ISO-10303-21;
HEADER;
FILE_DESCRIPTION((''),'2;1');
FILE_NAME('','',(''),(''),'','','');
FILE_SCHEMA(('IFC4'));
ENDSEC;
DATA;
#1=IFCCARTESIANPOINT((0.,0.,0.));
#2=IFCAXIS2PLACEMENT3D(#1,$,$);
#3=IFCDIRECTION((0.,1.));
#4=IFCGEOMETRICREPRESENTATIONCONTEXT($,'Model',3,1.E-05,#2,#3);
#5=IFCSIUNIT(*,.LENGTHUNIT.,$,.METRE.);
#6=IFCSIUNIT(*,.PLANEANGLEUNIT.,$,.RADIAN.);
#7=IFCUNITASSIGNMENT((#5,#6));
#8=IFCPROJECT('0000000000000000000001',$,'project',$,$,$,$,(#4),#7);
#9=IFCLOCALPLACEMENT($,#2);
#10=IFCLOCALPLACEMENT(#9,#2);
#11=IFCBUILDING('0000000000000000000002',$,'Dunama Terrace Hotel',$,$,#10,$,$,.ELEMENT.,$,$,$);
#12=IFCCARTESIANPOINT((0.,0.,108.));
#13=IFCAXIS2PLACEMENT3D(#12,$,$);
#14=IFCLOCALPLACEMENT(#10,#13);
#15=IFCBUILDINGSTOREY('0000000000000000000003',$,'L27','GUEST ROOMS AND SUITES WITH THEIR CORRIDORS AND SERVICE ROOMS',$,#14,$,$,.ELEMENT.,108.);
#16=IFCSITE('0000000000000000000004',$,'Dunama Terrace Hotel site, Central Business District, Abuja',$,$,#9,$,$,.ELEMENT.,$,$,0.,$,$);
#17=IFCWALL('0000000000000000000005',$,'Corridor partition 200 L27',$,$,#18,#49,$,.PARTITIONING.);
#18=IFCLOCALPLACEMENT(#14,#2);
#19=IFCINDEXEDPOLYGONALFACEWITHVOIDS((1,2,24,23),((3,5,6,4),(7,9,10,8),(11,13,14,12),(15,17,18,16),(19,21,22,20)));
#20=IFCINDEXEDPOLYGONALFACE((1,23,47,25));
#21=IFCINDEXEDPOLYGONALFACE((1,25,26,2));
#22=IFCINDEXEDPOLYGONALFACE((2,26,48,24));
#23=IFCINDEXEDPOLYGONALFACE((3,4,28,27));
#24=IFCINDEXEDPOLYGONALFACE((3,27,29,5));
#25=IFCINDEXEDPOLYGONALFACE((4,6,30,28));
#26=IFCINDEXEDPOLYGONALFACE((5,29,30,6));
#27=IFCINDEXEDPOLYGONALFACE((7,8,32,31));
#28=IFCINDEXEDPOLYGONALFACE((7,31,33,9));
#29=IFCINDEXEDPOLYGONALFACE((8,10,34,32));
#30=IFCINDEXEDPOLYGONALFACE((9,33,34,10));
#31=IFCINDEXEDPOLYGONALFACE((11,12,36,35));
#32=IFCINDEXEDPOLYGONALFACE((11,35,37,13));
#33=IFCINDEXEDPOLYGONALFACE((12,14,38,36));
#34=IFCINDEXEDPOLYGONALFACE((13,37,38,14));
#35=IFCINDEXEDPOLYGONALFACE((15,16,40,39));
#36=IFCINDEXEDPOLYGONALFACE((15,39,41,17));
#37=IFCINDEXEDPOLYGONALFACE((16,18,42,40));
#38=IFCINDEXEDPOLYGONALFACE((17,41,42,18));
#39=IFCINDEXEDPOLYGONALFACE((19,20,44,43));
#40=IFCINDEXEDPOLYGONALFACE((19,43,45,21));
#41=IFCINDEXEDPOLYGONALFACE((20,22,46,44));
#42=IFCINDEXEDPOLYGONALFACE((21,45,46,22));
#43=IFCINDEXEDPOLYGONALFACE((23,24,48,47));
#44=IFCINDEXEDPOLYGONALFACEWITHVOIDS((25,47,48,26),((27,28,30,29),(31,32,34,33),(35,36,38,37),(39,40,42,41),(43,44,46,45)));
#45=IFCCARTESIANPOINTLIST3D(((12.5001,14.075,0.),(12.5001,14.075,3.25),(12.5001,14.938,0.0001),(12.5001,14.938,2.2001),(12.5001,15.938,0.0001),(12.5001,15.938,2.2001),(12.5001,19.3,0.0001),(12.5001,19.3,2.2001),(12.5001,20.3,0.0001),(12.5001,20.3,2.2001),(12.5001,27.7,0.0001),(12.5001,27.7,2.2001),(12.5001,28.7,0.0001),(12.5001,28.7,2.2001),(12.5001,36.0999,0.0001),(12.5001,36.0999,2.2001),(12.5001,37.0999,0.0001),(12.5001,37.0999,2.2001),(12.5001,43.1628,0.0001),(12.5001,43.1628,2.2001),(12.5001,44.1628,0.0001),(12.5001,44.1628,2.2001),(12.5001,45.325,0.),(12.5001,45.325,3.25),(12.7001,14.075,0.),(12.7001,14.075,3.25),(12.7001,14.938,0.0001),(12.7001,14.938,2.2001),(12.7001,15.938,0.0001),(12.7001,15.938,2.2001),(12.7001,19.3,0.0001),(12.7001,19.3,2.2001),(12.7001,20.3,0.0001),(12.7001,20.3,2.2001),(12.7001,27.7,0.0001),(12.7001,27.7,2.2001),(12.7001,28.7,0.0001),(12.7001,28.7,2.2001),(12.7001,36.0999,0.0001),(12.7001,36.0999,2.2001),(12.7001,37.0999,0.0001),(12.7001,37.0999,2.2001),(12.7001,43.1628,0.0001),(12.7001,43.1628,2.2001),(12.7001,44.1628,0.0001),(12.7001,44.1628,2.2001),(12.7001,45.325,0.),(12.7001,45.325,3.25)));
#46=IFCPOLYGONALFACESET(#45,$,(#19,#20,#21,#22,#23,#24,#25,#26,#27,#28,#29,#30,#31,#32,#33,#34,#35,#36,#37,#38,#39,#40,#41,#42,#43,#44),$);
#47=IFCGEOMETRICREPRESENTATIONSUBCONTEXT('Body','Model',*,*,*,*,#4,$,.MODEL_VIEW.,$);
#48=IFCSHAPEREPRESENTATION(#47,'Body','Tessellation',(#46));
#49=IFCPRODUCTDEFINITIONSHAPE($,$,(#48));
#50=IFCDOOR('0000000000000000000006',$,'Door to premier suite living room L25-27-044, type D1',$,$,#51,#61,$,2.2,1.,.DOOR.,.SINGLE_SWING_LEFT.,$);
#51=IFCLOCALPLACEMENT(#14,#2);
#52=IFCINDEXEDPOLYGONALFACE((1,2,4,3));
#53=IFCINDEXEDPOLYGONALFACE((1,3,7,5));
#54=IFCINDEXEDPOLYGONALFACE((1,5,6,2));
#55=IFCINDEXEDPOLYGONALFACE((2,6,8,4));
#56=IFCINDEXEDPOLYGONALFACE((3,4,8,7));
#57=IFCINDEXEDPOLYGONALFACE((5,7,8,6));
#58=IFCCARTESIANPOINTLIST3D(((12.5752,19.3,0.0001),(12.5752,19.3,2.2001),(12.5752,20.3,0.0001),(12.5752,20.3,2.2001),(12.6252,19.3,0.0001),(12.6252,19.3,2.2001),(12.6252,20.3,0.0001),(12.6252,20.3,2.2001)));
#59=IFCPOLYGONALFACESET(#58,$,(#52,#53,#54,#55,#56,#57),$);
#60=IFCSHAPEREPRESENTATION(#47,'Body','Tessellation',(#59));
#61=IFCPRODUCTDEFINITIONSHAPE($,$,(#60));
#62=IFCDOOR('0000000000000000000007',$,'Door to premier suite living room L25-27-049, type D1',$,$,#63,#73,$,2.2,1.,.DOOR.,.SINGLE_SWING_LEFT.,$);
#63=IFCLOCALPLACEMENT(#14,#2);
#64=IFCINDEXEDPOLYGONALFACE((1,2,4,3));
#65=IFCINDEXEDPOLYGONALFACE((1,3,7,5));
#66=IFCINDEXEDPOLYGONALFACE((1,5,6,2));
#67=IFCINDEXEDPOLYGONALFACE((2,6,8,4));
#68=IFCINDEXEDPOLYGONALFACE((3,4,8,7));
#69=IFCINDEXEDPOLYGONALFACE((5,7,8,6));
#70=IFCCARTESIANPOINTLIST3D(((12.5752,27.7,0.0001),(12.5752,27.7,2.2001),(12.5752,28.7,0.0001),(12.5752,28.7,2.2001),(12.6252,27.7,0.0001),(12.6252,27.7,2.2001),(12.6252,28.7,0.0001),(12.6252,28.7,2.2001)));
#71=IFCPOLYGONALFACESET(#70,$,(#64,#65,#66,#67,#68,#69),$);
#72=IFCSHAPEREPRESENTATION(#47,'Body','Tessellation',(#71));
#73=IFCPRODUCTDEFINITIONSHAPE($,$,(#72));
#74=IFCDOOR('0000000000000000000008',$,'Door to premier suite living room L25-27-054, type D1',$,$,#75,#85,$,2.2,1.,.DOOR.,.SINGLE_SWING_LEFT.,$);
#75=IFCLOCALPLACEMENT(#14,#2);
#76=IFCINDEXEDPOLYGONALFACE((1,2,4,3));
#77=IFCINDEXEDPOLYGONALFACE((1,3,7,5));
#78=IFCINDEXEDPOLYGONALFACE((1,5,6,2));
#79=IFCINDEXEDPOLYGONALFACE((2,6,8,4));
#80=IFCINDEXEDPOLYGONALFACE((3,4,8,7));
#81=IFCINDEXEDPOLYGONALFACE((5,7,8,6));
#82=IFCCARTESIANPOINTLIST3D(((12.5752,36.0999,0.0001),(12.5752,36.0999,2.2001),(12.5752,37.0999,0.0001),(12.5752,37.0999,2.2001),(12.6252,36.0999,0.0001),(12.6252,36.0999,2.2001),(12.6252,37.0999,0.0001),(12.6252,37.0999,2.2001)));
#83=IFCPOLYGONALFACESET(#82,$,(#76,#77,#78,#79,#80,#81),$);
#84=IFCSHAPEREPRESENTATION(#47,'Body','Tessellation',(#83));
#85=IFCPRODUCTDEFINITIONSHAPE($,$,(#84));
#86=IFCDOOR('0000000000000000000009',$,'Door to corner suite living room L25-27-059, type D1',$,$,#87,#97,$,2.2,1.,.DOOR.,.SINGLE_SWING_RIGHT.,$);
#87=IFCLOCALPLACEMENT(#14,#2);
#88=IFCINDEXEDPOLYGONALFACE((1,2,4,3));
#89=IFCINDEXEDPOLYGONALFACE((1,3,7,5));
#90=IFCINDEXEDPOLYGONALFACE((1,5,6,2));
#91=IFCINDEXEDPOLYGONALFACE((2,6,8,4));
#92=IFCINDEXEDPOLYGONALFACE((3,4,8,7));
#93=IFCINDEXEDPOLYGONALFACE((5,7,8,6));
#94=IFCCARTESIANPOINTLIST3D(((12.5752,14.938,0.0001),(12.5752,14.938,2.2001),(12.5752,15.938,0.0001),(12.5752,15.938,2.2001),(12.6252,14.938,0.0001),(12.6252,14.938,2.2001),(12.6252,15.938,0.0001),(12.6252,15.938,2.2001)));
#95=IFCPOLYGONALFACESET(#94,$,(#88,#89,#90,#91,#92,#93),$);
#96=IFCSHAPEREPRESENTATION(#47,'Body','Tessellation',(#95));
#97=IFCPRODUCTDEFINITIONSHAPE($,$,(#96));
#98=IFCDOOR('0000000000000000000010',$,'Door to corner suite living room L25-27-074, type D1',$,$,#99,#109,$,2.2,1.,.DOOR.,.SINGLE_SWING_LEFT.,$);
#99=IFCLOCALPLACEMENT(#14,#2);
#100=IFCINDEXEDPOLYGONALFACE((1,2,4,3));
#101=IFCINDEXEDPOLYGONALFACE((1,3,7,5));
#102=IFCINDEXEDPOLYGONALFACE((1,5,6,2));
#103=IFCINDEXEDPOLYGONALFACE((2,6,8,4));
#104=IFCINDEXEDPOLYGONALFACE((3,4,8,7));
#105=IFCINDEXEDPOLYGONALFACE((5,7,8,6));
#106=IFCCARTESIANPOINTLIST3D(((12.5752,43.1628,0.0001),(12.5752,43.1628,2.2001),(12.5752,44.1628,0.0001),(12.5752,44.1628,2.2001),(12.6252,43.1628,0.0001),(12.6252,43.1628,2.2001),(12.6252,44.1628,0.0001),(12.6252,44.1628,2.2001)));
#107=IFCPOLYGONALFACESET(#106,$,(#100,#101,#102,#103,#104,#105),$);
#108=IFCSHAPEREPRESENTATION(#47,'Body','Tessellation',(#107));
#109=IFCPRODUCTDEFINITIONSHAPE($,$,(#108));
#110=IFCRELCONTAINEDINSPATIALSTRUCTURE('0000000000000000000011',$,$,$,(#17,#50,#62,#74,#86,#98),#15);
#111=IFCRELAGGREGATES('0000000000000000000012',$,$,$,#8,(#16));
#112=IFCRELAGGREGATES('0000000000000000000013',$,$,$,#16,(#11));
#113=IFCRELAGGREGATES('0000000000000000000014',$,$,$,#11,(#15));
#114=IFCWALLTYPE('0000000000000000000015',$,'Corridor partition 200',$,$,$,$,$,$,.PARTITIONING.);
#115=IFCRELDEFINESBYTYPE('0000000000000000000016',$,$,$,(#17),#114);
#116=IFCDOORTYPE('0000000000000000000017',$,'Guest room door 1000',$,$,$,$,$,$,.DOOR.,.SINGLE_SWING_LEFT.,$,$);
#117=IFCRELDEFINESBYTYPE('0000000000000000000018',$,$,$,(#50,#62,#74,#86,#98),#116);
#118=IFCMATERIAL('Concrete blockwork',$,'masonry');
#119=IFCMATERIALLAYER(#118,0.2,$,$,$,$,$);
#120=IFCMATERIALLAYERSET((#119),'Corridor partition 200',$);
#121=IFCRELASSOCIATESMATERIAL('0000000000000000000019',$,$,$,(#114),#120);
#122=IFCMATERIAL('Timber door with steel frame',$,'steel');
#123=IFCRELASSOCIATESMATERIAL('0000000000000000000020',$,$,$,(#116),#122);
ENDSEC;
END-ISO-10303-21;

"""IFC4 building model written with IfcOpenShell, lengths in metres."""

from ifc_helpers import new_model, si_unit, direction, frame, frame_2d, origin, place, context, subcontext, project, spatial, rectangle, extrude, material, layer, layer_set, type_object, element, fill, save


model = new_model("IFC4")

# Units and contexts
model_context = context("Model", 3, precision=1e-05, world=origin(), true_north=direction((0.0, 1.0)))
body_context = subcontext(model_context, "Body", "Model", "MODEL_VIEW")
ifc_project = project(units=[si_unit("LENGTHUNIT", "METRE"), si_unit("PLANEANGLEUNIT", "RADIAN")], contexts=[model_context])

# Site, building, storey
site_placement = place(None, origin())
site = spatial("IfcSite", under=ifc_project, at=site_placement, Name="Dunama Terrace Hotel site, Central Business District, Abuja", CompositionType="ELEMENT", RefElevation=0.0)
building_placement = place(site_placement, origin())
building = spatial("IfcBuilding", under=site, at=building_placement, Name="Dunama Terrace Hotel", CompositionType="ELEMENT")
storey_placement = place(building_placement, frame((0.0, 0.0, 108.0)))
storey = spatial("IfcBuildingStorey", under=building, at=storey_placement, Name="L27", Description="GUEST ROOMS AND SUITES WITH THEIR CORRIDORS AND SERVICE ROOMS", CompositionType="ELEMENT", Elevation=108.0)

# Wall, openings, doors
ifc_material_1 = material(Name="Concrete blockwork", Category="masonry")
ifc_layer_1 = layer(ifc_material_1, 0.2)
ifc_layer_set_1 = layer_set([ifc_layer_1], Name="Corridor partition 200")
wall_type_1 = type_object("IfcWallType", Name="Corridor partition 200", PredefinedType="PARTITIONING", material=ifc_layer_set_1)
wall_1_placement = place(storey_placement, frame((12.6001, 14.075, 0.0), z_axis=(0.0, 0.0, 1.0), x_axis=(0.0, 1.0, 0.0)))
wall_1 = element("IfcWall", 1, at=wall_1_placement, inside=storey, type_object=wall_type_1, Name="Corridor partition 200 L27", PredefinedType="PARTITIONING", context=body_context, shape_type="SweptSolid", body=[
    extrude(rectangle(XDim=31.25, YDim=0.2, at=frame_2d((15.625, 0.0))), origin(), (0.0, 0.0, 1.0), 3.25),
])
opening_1_placement = place(wall_1_placement, frame((5.2251, 0.0, 0.0)))
opening_1 = element("IfcOpeningElement", 2, at=opening_1_placement, cuts=wall_1, PredefinedType="OPENING", context=body_context, shape_type="SweptSolid", body=[
    extrude(rectangle(XDim=1.0, YDim=2.2, at=frame_2d((0.5, 1.1001))), frame((0.0, 0.1099, 0.0), z_axis=(0.0, -1.0, 0.0), x_axis=(1.0, 0.0, 0.0)), (0.0, 0.0, 1.0), 0.22),
])
opening_2_placement = place(wall_1_placement, frame((13.625, 0.0, 0.0)))
opening_2 = element("IfcOpeningElement", 3, at=opening_2_placement, cuts=wall_1, PredefinedType="OPENING", context=body_context, shape_type="SweptSolid", body=[
    extrude(rectangle(XDim=1.0, YDim=2.2, at=frame_2d((0.5, 1.1001))), frame((0.0, 0.1099, 0.0), z_axis=(0.0, -1.0, 0.0), x_axis=(1.0, 0.0, 0.0)), (0.0, 0.0, 1.0), 0.22),
])
opening_3_placement = place(wall_1_placement, frame((22.0249, 0.0, 0.0)))
opening_3 = element("IfcOpeningElement", 4, at=opening_3_placement, cuts=wall_1, PredefinedType="OPENING", context=body_context, shape_type="SweptSolid", body=[
    extrude(rectangle(XDim=1.0, YDim=2.2, at=frame_2d((0.5, 1.1001))), frame((0.0, 0.1099, 0.0), z_axis=(0.0, -1.0, 0.0), x_axis=(1.0, 0.0, 0.0)), (0.0, 0.0, 1.0), 0.22),
])
opening_4_placement = place(wall_1_placement, frame((0.863, 0.0, 0.0)))
opening_4 = element("IfcOpeningElement", 5, at=opening_4_placement, cuts=wall_1, PredefinedType="OPENING", context=body_context, shape_type="SweptSolid", body=[
    extrude(rectangle(XDim=1.0, YDim=2.2, at=frame_2d((0.5, 1.1001))), frame((0.0, 0.1099, 0.0), z_axis=(0.0, -1.0, 0.0), x_axis=(1.0, 0.0, 0.0)), (0.0, 0.0, 1.0), 0.22),
])
opening_5_placement = place(wall_1_placement, frame((29.0879, 0.0, 0.0)))
opening_5 = element("IfcOpeningElement", 6, at=opening_5_placement, cuts=wall_1, PredefinedType="OPENING", context=body_context, shape_type="SweptSolid", body=[
    extrude(rectangle(XDim=1.0, YDim=2.2, at=frame_2d((0.5, 1.1001))), frame((0.0, 0.1099, 0.0), z_axis=(0.0, -1.0, 0.0), x_axis=(1.0, 0.0, 0.0)), (0.0, 0.0, 1.0), 0.22),
])
ifc_material_2 = material(Name="Timber door with steel frame", Category="steel")
door_type_1 = type_object("IfcDoorType", Name="Guest room door 1000", OperationType="SINGLE_SWING_LEFT", PredefinedType="DOOR", material=ifc_material_2)
door_1_placement = place(opening_1_placement, origin())
door_1 = element("IfcDoor", 7, at=door_1_placement, inside=storey, type_object=door_type_1, Name="Door to premier suite living room L25-27-044, type D1", OperationType="SINGLE_SWING_LEFT", OverallHeight=2.2, OverallWidth=1.0, PredefinedType="DOOR", context=body_context, shape_type="SweptSolid", body=[
    extrude(rectangle(XDim=1.0, YDim=2.2, at=frame_2d((0.5, 1.1001))), frame((0.0, 0.0249, 0.0), z_axis=(0.0, -1.0, 0.0), x_axis=(1.0, 0.0, 0.0)), (0.0, 0.0, 1.0), 0.05),
])
fill(opening_1, door_1)
door_2_placement = place(opening_2_placement, origin())
door_2 = element("IfcDoor", 8, at=door_2_placement, inside=storey, type_object=door_type_1, Name="Door to premier suite living room L25-27-049, type D1", OperationType="SINGLE_SWING_LEFT", OverallHeight=2.2, OverallWidth=1.0, PredefinedType="DOOR", context=body_context, shape_type="SweptSolid", body=[
    extrude(rectangle(XDim=1.0, YDim=2.2, at=frame_2d((0.5, 1.1001))), frame((0.0, 0.0249, 0.0), z_axis=(0.0, -1.0, 0.0), x_axis=(1.0, 0.0, 0.0)), (0.0, 0.0, 1.0), 0.05),
])
fill(opening_2, door_2)
door_3_placement = place(opening_3_placement, origin())
door_3 = element("IfcDoor", 9, at=door_3_placement, inside=storey, type_object=door_type_1, Name="Door to premier suite living room L25-27-054, type D1", OperationType="SINGLE_SWING_LEFT", OverallHeight=2.2, OverallWidth=1.0, PredefinedType="DOOR", context=body_context, shape_type="SweptSolid", body=[
    extrude(rectangle(XDim=1.0, YDim=2.2, at=frame_2d((0.5, 1.1001))), frame((0.0, 0.0249, 0.0), z_axis=(0.0, -1.0, 0.0), x_axis=(1.0, 0.0, 0.0)), (0.0, 0.0, 1.0), 0.05),
])
fill(opening_3, door_3)
door_4_placement = place(opening_4_placement, origin())
door_4 = element("IfcDoor", 10, at=door_4_placement, inside=storey, type_object=door_type_1, Name="Door to corner suite living room L25-27-059, type D1", OperationType="SINGLE_SWING_RIGHT", OverallHeight=2.2, OverallWidth=1.0, PredefinedType="DOOR", context=body_context, shape_type="SweptSolid", body=[
    extrude(rectangle(XDim=1.0, YDim=2.2, at=frame_2d((0.5, 1.1001))), frame((0.0, 0.0249, 0.0), z_axis=(0.0, -1.0, 0.0), x_axis=(1.0, 0.0, 0.0)), (0.0, 0.0, 1.0), 0.05),
])
fill(opening_4, door_4)
door_5_placement = place(opening_5_placement, origin())
door_5 = element("IfcDoor", 11, at=door_5_placement, inside=storey, type_object=door_type_1, Name="Door to corner suite living room L25-27-074, type D1", OperationType="SINGLE_SWING_LEFT", OverallHeight=2.2, OverallWidth=1.0, PredefinedType="DOOR", context=body_context, shape_type="SweptSolid", body=[
    extrude(rectangle(XDim=1.0, YDim=2.2, at=frame_2d((0.5, 1.1001))), frame((0.0, 0.0249, 0.0), z_axis=(0.0, -1.0, 0.0), x_axis=(1.0, 0.0, 0.0)), (0.0, 0.0, 1.0), 0.05),
])
fill(opening_5, door_5)

save(model, "model.ifc")
